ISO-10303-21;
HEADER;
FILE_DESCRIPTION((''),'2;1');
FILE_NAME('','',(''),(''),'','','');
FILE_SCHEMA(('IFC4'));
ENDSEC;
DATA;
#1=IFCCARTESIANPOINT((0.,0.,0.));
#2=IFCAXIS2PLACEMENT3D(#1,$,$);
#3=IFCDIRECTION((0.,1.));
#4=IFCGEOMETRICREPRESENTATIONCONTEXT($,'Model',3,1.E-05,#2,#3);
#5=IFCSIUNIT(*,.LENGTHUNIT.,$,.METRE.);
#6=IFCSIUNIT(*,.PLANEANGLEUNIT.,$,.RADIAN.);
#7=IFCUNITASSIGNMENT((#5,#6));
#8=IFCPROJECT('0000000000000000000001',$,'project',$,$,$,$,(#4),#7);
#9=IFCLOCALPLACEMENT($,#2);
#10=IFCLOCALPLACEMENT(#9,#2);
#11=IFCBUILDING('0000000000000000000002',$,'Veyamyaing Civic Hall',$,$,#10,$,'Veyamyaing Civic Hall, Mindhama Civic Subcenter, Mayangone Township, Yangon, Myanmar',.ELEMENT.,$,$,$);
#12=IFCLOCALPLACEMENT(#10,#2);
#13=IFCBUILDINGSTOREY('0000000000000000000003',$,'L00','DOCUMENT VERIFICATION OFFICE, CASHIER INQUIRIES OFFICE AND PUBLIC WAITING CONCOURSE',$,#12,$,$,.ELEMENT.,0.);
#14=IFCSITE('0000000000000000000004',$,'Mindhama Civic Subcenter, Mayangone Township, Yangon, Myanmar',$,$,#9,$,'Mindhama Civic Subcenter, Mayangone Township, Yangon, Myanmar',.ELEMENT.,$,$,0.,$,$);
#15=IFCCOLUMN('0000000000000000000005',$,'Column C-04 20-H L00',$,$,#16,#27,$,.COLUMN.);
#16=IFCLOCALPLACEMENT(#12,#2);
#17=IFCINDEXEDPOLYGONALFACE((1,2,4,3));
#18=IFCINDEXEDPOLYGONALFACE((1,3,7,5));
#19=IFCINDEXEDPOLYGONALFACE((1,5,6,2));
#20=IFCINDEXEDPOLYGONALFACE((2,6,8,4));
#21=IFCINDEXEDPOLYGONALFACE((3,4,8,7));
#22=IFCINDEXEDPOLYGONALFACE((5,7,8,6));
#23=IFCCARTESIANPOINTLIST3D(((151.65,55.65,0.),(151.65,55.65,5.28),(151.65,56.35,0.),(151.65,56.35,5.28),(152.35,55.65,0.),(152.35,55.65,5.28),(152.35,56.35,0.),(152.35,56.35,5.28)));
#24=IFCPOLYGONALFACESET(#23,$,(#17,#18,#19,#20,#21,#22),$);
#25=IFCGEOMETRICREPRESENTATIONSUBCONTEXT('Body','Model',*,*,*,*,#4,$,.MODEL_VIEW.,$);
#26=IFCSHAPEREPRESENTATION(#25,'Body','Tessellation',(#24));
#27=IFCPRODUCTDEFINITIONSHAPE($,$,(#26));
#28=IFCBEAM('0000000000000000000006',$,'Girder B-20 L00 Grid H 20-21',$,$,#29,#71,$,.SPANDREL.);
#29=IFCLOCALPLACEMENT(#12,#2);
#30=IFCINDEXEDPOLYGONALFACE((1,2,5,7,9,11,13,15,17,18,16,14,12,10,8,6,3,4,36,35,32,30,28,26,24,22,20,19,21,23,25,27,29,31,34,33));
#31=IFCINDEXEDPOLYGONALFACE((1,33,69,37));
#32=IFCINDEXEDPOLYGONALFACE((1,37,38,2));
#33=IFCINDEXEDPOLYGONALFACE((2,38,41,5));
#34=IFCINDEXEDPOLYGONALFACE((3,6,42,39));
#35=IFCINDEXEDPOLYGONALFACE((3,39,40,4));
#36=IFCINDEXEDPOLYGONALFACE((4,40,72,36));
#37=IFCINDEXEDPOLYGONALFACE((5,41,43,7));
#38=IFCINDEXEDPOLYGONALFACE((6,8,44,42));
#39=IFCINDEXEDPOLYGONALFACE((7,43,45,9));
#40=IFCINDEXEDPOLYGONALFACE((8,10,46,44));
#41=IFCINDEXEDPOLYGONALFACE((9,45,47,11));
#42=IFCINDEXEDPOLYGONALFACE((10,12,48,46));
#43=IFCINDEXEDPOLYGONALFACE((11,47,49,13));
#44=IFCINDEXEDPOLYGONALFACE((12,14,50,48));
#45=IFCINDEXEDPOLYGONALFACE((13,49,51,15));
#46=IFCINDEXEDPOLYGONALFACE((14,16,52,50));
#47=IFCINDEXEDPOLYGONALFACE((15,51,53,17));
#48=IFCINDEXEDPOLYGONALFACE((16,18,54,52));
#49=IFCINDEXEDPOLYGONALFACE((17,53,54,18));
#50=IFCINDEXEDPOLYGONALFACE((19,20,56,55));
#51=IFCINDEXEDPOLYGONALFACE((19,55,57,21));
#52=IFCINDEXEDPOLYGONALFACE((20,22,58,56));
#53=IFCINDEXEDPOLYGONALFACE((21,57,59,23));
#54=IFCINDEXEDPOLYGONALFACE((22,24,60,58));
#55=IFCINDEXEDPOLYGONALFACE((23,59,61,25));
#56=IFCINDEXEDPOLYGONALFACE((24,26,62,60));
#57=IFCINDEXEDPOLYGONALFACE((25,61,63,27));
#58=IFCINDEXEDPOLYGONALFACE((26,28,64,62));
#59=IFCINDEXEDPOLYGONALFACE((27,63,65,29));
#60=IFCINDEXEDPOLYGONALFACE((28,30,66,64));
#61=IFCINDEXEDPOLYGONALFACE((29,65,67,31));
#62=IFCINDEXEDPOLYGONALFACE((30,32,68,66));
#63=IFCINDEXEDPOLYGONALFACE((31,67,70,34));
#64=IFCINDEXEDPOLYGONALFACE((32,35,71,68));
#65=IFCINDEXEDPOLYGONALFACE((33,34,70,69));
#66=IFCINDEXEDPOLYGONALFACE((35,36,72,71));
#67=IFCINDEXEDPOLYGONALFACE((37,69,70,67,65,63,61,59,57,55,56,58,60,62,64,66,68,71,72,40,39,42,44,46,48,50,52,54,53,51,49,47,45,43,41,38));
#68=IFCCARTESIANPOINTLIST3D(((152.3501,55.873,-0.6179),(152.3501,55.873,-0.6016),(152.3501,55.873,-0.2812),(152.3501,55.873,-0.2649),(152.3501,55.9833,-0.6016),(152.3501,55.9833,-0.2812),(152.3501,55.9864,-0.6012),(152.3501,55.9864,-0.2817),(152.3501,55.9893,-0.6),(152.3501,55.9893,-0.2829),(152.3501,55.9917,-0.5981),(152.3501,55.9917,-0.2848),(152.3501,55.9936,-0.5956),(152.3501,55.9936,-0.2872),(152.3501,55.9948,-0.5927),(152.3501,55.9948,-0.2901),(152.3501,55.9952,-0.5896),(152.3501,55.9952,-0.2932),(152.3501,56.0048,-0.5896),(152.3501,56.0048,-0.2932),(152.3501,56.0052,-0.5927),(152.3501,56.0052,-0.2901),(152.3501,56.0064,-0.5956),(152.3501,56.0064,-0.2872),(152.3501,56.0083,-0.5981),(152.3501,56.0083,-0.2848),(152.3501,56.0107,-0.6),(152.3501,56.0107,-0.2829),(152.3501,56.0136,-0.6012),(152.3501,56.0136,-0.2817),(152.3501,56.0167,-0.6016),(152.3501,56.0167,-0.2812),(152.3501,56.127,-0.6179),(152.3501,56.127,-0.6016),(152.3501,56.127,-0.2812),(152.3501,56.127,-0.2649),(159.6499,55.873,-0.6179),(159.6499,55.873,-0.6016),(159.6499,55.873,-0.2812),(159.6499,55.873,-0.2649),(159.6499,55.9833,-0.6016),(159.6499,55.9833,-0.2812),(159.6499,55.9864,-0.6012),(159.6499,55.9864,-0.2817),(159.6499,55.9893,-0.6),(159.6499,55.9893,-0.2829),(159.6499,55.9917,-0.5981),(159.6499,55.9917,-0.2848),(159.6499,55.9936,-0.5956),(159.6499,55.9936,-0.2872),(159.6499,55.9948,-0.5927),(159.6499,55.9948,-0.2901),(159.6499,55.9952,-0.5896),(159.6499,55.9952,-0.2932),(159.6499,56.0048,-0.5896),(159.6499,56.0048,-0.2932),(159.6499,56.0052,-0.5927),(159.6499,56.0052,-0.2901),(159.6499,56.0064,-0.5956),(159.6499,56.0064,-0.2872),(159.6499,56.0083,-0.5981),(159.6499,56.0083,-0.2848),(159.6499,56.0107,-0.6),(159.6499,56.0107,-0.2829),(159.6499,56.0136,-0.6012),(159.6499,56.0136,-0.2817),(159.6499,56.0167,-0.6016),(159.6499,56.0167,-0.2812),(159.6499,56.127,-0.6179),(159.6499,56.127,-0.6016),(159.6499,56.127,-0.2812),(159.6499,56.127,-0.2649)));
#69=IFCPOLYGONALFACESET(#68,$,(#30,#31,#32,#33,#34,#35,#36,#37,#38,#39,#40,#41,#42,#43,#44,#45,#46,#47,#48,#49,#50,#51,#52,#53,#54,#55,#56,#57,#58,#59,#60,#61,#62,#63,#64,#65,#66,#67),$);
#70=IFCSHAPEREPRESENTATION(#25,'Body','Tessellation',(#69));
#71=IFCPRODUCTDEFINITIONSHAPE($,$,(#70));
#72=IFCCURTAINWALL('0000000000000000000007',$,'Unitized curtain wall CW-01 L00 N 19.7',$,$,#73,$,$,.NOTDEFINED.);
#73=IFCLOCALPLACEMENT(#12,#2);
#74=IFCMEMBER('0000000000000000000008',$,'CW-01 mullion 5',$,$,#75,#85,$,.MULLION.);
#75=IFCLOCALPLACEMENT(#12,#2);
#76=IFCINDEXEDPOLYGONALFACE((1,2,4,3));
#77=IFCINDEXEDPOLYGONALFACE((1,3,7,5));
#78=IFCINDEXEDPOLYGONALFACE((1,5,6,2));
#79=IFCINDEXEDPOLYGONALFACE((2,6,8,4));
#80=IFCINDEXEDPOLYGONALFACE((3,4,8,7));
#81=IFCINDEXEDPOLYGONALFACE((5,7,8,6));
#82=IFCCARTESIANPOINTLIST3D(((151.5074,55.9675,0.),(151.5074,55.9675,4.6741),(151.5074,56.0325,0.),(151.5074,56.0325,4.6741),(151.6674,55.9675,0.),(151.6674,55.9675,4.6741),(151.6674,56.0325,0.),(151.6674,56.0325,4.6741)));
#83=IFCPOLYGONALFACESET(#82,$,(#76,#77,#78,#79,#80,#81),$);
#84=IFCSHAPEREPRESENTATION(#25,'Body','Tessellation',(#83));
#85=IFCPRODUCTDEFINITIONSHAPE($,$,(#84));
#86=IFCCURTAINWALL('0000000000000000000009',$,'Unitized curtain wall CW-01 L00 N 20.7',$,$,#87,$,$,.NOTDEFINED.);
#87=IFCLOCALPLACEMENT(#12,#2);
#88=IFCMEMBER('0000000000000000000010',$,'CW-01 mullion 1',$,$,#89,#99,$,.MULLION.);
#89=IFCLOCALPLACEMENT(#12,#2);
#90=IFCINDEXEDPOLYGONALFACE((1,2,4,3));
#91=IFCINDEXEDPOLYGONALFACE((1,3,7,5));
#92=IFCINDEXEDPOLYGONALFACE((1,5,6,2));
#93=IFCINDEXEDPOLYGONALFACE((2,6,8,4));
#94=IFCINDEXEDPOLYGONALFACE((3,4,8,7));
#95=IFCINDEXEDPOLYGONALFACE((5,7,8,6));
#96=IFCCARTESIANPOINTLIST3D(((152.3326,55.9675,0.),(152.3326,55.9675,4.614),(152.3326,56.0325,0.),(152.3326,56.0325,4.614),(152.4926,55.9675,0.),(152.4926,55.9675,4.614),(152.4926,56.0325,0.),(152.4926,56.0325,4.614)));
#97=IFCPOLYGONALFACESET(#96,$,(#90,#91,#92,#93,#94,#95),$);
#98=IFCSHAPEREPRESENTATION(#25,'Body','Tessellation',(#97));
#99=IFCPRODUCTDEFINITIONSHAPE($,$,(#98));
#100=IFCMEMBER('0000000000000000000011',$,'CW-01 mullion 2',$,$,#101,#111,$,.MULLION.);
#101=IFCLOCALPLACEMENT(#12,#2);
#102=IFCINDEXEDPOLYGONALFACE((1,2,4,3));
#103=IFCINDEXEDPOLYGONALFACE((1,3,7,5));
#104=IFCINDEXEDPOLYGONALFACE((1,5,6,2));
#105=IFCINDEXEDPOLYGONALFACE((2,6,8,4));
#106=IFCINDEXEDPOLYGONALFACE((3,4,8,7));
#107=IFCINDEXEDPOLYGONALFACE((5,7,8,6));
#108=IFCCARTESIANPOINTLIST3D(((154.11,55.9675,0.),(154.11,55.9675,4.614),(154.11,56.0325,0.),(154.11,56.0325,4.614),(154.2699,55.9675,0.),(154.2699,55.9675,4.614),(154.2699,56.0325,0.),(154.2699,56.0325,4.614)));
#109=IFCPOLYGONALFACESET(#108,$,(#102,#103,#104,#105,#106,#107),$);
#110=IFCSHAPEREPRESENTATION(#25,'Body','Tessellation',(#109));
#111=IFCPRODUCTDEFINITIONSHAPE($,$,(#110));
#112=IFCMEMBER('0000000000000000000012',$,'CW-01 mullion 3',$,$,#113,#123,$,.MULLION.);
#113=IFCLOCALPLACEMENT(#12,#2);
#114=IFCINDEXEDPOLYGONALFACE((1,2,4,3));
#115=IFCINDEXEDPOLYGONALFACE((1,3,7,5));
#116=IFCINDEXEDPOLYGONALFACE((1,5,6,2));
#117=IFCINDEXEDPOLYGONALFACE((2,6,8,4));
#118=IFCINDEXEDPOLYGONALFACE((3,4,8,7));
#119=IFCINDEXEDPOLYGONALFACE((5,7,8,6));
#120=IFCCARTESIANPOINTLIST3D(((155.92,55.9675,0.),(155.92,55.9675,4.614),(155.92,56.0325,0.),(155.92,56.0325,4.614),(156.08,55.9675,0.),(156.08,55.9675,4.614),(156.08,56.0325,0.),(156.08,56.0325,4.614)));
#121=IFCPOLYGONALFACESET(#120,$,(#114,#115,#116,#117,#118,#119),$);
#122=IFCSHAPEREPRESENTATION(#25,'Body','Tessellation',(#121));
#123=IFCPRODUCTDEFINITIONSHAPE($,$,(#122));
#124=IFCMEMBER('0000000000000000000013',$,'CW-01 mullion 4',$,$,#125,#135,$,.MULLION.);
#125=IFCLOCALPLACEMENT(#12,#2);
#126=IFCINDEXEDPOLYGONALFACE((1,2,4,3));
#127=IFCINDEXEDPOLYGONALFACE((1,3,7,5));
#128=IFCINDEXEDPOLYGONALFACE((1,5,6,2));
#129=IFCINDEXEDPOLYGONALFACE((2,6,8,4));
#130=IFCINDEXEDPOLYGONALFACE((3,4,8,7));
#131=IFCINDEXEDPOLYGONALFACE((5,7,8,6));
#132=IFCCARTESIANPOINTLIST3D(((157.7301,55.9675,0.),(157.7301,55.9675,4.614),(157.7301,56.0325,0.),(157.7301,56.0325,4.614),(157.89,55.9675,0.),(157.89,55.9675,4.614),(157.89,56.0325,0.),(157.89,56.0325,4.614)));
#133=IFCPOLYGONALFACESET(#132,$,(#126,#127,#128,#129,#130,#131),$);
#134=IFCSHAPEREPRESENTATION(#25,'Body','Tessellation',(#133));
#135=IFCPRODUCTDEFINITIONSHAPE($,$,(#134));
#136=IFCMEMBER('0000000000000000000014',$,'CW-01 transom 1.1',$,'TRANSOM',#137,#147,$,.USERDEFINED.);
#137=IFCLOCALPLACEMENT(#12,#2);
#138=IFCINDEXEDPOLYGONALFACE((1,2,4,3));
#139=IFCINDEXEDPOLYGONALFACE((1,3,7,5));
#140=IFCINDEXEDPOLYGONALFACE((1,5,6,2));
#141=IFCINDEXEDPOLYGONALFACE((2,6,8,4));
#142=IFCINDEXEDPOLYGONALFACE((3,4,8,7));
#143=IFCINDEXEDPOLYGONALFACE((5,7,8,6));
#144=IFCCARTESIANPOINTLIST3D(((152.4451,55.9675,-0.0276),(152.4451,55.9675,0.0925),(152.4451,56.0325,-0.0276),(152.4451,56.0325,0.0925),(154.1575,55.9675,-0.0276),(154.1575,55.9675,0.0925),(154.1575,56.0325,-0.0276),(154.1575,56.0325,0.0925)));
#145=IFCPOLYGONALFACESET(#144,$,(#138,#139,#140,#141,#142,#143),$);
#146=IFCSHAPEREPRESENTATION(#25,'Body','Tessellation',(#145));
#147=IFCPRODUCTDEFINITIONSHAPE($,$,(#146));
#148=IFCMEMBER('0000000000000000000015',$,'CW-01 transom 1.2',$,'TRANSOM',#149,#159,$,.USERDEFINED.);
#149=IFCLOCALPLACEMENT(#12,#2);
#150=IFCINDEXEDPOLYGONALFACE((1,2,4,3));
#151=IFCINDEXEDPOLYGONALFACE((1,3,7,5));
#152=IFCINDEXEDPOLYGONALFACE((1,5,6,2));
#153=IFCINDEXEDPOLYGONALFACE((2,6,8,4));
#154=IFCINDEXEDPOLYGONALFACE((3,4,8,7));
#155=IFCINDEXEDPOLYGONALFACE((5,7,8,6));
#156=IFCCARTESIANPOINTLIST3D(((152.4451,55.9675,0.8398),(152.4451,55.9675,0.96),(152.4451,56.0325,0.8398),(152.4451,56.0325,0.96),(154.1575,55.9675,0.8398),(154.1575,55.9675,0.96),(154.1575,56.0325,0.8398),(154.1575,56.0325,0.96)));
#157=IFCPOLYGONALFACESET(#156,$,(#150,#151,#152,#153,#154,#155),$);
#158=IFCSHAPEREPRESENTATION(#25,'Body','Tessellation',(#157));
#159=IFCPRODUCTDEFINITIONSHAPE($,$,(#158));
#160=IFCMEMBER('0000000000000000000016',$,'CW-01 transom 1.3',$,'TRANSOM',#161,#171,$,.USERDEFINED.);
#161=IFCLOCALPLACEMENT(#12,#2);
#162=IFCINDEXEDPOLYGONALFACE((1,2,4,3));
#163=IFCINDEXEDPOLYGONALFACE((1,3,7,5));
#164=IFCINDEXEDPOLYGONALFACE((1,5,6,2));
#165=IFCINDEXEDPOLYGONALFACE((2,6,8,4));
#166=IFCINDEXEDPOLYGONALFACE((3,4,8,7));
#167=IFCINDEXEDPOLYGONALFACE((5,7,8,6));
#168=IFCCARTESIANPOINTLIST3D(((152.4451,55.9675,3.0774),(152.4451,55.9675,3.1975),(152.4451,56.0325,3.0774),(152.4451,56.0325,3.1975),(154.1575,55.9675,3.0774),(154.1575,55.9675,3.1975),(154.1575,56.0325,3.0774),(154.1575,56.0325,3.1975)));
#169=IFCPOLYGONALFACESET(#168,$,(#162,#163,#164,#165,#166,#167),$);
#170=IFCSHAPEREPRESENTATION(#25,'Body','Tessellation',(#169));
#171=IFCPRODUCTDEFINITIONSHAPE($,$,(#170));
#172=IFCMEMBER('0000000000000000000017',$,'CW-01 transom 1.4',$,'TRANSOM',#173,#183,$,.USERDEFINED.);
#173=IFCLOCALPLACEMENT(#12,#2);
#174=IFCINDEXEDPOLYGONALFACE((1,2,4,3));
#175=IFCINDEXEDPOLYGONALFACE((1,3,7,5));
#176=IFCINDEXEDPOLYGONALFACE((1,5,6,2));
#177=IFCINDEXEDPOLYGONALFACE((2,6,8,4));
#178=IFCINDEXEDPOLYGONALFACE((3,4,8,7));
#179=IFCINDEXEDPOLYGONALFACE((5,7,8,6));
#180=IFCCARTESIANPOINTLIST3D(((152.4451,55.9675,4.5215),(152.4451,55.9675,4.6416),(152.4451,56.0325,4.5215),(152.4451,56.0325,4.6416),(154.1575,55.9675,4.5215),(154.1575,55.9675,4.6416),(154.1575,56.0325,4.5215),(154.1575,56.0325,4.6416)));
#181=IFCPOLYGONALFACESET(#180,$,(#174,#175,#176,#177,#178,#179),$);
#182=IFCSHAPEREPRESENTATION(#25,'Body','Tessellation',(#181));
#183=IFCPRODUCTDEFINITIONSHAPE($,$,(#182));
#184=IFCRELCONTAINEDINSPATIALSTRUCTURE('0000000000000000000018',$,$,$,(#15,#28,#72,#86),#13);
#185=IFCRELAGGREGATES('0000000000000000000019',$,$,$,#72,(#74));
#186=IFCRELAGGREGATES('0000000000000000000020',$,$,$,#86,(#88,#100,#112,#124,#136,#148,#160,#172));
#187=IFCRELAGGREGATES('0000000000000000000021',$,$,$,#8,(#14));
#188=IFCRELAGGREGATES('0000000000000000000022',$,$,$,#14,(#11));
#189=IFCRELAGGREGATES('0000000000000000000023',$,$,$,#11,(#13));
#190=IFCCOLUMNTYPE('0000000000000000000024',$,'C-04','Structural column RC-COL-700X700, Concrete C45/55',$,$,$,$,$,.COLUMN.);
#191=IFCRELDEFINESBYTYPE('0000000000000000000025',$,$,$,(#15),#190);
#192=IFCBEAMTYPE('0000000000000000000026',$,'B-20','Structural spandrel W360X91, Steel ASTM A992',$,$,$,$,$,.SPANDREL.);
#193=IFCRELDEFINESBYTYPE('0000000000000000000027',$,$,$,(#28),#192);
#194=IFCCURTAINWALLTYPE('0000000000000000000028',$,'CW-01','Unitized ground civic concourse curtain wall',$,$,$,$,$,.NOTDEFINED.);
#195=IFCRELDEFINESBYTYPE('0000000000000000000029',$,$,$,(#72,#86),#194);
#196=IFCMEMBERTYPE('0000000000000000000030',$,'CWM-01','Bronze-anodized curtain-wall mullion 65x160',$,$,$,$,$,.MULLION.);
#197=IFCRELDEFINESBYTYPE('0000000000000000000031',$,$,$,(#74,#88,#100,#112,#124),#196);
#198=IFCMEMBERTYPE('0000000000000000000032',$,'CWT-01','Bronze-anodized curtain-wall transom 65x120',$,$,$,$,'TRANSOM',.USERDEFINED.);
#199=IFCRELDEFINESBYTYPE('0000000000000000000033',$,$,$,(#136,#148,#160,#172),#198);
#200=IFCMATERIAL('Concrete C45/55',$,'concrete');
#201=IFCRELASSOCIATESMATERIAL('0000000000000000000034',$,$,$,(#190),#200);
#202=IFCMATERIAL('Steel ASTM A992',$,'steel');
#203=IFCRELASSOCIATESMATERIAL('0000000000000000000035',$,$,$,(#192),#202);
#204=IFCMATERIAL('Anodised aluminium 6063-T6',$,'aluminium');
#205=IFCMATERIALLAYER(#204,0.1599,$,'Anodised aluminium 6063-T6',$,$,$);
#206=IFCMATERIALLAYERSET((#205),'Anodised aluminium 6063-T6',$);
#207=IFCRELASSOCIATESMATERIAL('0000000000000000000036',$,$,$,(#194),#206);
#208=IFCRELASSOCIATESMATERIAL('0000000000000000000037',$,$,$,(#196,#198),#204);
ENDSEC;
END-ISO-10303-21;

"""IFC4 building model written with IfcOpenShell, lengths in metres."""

from ifc_helpers import new_model, si_unit, direction, frame, origin, origin_2d, place, context, subcontext, project, spatial, rectangle, i_section, extrude, material, layer, layer_set, material_profile, profile_set, type_object, element, aggregate, save


model = new_model("IFC4")

# Units and contexts
model_context = context("Model", 3, precision=1e-05, world=origin(), true_north=direction((0.0, 1.0)))
body_context = subcontext(model_context, "Body", "Model", "MODEL_VIEW")
ifc_project = project(units=[si_unit("LENGTHUNIT", "METRE"), si_unit("PLANEANGLEUNIT", "RADIAN")], contexts=[model_context])

# Site, building, storey
site_placement = place(None, origin())
site = spatial("IfcSite", under=ifc_project, at=site_placement, Name="Mindhama Civic Subcenter, Mayangone Township, Yangon, Myanmar", LongName="Mindhama Civic Subcenter, Mayangone Township, Yangon, Myanmar", CompositionType="ELEMENT", RefElevation=0.0)
building_placement = place(site_placement, origin())
building = spatial("IfcBuilding", under=site, at=building_placement, Name="Veyamyaing Civic Hall", LongName="Veyamyaing Civic Hall, Mindhama Civic Subcenter, Mayangone Township, Yangon, Myanmar", CompositionType="ELEMENT")
storey_placement = place(building_placement, origin())
storey = spatial("IfcBuildingStorey", under=building, at=storey_placement, Name="L00", Description="DOCUMENT VERIFICATION OFFICE, CASHIER INQUIRIES OFFICE AND PUBLIC WAITING CONCOURSE", CompositionType="ELEMENT", Elevation=0.0)

# Column
ifc_material_1 = material(Name="Concrete C45/55", Category="concrete")
ifc_material_profile_1 = material_profile(ifc_material_1, rectangle(XDim=0.7, YDim=0.7, at=origin_2d()), Name="RC-COL-700X700")
ifc_profile_set_1 = profile_set([ifc_material_profile_1], Name="Concrete C45/55")
column_type = type_object("IfcColumnType", Name="C-04", Description="Structural column RC-COL-700X700, Concrete C45/55", PredefinedType="COLUMN", material=ifc_profile_set_1)
column_placement = place(storey_placement, frame((152.0, 56.0, 0.0), z_axis=(0.0, 0.0, 1.0), x_axis=(1.0, 0.0, 0.0)))
element("IfcColumn", 1, at=column_placement, inside=storey, type_object=column_type, Name="Column C-04 20-H L00", PredefinedType="COLUMN", context=body_context, shape_type="SweptSolid", body=[
    extrude(rectangle(XDim=0.7, YDim=0.7, at=origin_2d()), origin(), (0.0, 0.0, 1.0), 5.28),
])

# Beam
ifc_material_2 = material(Name="Steel ASTM A992", Category="steel")
ifc_material_profile_2 = material_profile(ifc_material_2, i_section(OverallWidth=0.2539, OverallDepth=0.353, WebThickness=0.0095, FlangeThickness=0.0164, FilletRadius=0.012, at=origin_2d()), Name="W360X91")
ifc_profile_set_2 = profile_set([ifc_material_profile_2], Name="Steel ASTM A992")
beam_type = type_object("IfcBeamType", Name="B-20", Description="Structural spandrel W360X91, Steel ASTM A992", PredefinedType="SPANDREL", material=ifc_profile_set_2)
beam_placement = place(storey_placement, frame((152.3501, 56.0, -0.4414), z_axis=(1.0, 0.0, 0.0), x_axis=(0.0, 1.0, 0.0)))
element("IfcBeam", 2, at=beam_placement, inside=storey, type_object=beam_type, Name="Girder B-20 L00 Grid H 20-21", PredefinedType="SPANDREL", context=body_context, shape_type="SweptSolid", body=[
    extrude(i_section(OverallWidth=0.2539, OverallDepth=0.353, WebThickness=0.0095, FlangeThickness=0.0164, FilletRadius=0.012, at=origin_2d()), origin(), (0.0, 0.0, 1.0), 7.2998),
])

# Curtain wall, member
ifc_material_3 = material(Name="Anodised aluminium 6063-T6", Category="aluminium")
ifc_layer_1 = layer(ifc_material_3, 0.1599, Name="Anodised aluminium 6063-T6")
ifc_layer_set_1 = layer_set([ifc_layer_1], Name="Anodised aluminium 6063-T6")
curtain_wall_type = type_object("IfcCurtainWallType", Name="CW-01", Description="Unitized ground civic concourse curtain wall", PredefinedType="NOTDEFINED", material=ifc_layer_set_1)
curtain_wall_1_placement = place(storey_placement, origin())
curtain_wall_1 = element("IfcCurtainWall", 3, at=curtain_wall_1_placement, inside=storey, type_object=curtain_wall_type, Name="Unitized curtain wall CW-01 L00 N 19.7", PredefinedType="NOTDEFINED")
ifc_material_profile_3 = material_profile(ifc_material_3, rectangle(XDim=0.0649, YDim=0.1599, at=origin_2d()), Name="ALU-MUL-65X160")
ifc_profile_set_3 = profile_set([ifc_material_profile_3], Name="Anodised aluminium 6063-T6")
member_type_1 = type_object("IfcMemberType", Name="CWM-01", Description="Bronze-anodized curtain-wall mullion 65x160", PredefinedType="MULLION", material=ifc_profile_set_3)
member_1_placement = place(storey_placement, frame((151.5874, 56.0, 0.0), z_axis=(0.0, 0.0, 1.0), x_axis=(0.0, 1.0, 0.0)))
member_1 = element("IfcMember", 4, at=member_1_placement, type_object=member_type_1, Name="CW-01 mullion 5", PredefinedType="MULLION", context=body_context, shape_type="SweptSolid", body=[
    extrude(rectangle(XDim=0.0649, YDim=0.1599, at=origin_2d()), origin(), (0.0, 0.0, 1.0), 4.6741),
])

# Curtain wall, members
curtain_wall_2_placement = place(storey_placement, origin())
curtain_wall_2 = element("IfcCurtainWall", 5, at=curtain_wall_2_placement, inside=storey, type_object=curtain_wall_type, Name="Unitized curtain wall CW-01 L00 N 20.7", PredefinedType="NOTDEFINED")
member_2_placement = place(storey_placement, frame((152.4126, 56.0, 0.0), z_axis=(0.0, 0.0, 1.0), x_axis=(0.0, 1.0, 0.0)))
member_2 = element("IfcMember", 6, at=member_2_placement, type_object=member_type_1, Name="CW-01 mullion 1", PredefinedType="MULLION", context=body_context, shape_type="SweptSolid", body=[
    extrude(rectangle(XDim=0.0649, YDim=0.1599, at=origin_2d()), origin(), (0.0, 0.0, 1.0), 4.614),
])
member_3_placement = place(storey_placement, frame((154.1899, 56.0, 0.0), z_axis=(0.0, 0.0, 1.0), x_axis=(0.0, 1.0, 0.0)))
member_3 = element("IfcMember", 7, at=member_3_placement, type_object=member_type_1, Name="CW-01 mullion 2", PredefinedType="MULLION", context=body_context, shape_type="SweptSolid", body=[
    extrude(rectangle(XDim=0.0649, YDim=0.1599, at=origin_2d()), origin(), (0.0, 0.0, 1.0), 4.614),
])
member_4_placement = place(storey_placement, frame((156.0, 56.0, 0.0), z_axis=(0.0, 0.0, 1.0), x_axis=(0.0, 1.0, 0.0)))
member_4 = element("IfcMember", 8, at=member_4_placement, type_object=member_type_1, Name="CW-01 mullion 3", PredefinedType="MULLION", context=body_context, shape_type="SweptSolid", body=[
    extrude(rectangle(XDim=0.0649, YDim=0.1599, at=origin_2d()), origin(), (0.0, 0.0, 1.0), 4.614),
])
member_5_placement = place(storey_placement, frame((157.8101, 56.0, 0.0), z_axis=(0.0, 0.0, 1.0), x_axis=(0.0, 1.0, 0.0)))
member_5 = element("IfcMember", 9, at=member_5_placement, type_object=member_type_1, Name="CW-01 mullion 4", PredefinedType="MULLION", context=body_context, shape_type="SweptSolid", body=[
    extrude(rectangle(XDim=0.0649, YDim=0.1599, at=origin_2d()), origin(), (0.0, 0.0, 1.0), 4.614),
])
ifc_material_profile_4 = material_profile(ifc_material_3, rectangle(XDim=0.0649, YDim=0.1201, at=origin_2d()), Name="ALU-TRN-65X120")
ifc_profile_set_4 = profile_set([ifc_material_profile_4], Name="Anodised aluminium 6063-T6")
member_type_2 = type_object("IfcMemberType", Name="CWT-01", Description="Bronze-anodized curtain-wall transom 65x120", ElementType="TRANSOM", PredefinedType="USERDEFINED", material=ifc_profile_set_4)
member_6_placement = place(storey_placement, frame((152.4451, 56.0, 0.0325), z_axis=(1.0, 0.0, 0.0), x_axis=(0.0, 1.0, 0.0)))
member_6 = element("IfcMember", 10, at=member_6_placement, type_object=member_type_2, Name="CW-01 transom 1.1", ObjectType="TRANSOM", PredefinedType="USERDEFINED", context=body_context, shape_type="SweptSolid", body=[
    extrude(rectangle(XDim=0.0649, YDim=0.1201, at=origin_2d()), origin(), (0.0, 0.0, 1.0), 1.7124),
])
member_7_placement = place(storey_placement, frame((152.4451, 56.0, 0.8999), z_axis=(1.0, 0.0, 0.0), x_axis=(0.0, 1.0, 0.0)))
member_7 = element("IfcMember", 11, at=member_7_placement, type_object=member_type_2, Name="CW-01 transom 1.2", ObjectType="TRANSOM", PredefinedType="USERDEFINED", context=body_context, shape_type="SweptSolid", body=[
    extrude(rectangle(XDim=0.0649, YDim=0.1201, at=origin_2d()), origin(), (0.0, 0.0, 1.0), 1.7124),
])
member_8_placement = place(storey_placement, frame((152.4451, 56.0, 3.1375), z_axis=(1.0, 0.0, 0.0), x_axis=(0.0, 1.0, 0.0)))
member_8 = element("IfcMember", 12, at=member_8_placement, type_object=member_type_2, Name="CW-01 transom 1.3", ObjectType="TRANSOM", PredefinedType="USERDEFINED", context=body_context, shape_type="SweptSolid", body=[
    extrude(rectangle(XDim=0.0649, YDim=0.1201, at=origin_2d()), origin(), (0.0, 0.0, 1.0), 1.7124),
])
member_9_placement = place(storey_placement, frame((152.4451, 56.0, 4.5815), z_axis=(1.0, 0.0, 0.0), x_axis=(0.0, 1.0, 0.0)))
member_9 = element("IfcMember", 13, at=member_9_placement, type_object=member_type_2, Name="CW-01 transom 1.4", ObjectType="TRANSOM", PredefinedType="USERDEFINED", context=body_context, shape_type="SweptSolid", body=[
    extrude(rectangle(XDim=0.0649, YDim=0.1201, at=origin_2d()), origin(), (0.0, 0.0, 1.0), 1.7124),
])

aggregate(curtain_wall_1, [member_1])
aggregate(curtain_wall_2, [member_2, member_3, member_4, member_5, member_6, member_7, member_8, member_9])

save(model, "model.ifc")
